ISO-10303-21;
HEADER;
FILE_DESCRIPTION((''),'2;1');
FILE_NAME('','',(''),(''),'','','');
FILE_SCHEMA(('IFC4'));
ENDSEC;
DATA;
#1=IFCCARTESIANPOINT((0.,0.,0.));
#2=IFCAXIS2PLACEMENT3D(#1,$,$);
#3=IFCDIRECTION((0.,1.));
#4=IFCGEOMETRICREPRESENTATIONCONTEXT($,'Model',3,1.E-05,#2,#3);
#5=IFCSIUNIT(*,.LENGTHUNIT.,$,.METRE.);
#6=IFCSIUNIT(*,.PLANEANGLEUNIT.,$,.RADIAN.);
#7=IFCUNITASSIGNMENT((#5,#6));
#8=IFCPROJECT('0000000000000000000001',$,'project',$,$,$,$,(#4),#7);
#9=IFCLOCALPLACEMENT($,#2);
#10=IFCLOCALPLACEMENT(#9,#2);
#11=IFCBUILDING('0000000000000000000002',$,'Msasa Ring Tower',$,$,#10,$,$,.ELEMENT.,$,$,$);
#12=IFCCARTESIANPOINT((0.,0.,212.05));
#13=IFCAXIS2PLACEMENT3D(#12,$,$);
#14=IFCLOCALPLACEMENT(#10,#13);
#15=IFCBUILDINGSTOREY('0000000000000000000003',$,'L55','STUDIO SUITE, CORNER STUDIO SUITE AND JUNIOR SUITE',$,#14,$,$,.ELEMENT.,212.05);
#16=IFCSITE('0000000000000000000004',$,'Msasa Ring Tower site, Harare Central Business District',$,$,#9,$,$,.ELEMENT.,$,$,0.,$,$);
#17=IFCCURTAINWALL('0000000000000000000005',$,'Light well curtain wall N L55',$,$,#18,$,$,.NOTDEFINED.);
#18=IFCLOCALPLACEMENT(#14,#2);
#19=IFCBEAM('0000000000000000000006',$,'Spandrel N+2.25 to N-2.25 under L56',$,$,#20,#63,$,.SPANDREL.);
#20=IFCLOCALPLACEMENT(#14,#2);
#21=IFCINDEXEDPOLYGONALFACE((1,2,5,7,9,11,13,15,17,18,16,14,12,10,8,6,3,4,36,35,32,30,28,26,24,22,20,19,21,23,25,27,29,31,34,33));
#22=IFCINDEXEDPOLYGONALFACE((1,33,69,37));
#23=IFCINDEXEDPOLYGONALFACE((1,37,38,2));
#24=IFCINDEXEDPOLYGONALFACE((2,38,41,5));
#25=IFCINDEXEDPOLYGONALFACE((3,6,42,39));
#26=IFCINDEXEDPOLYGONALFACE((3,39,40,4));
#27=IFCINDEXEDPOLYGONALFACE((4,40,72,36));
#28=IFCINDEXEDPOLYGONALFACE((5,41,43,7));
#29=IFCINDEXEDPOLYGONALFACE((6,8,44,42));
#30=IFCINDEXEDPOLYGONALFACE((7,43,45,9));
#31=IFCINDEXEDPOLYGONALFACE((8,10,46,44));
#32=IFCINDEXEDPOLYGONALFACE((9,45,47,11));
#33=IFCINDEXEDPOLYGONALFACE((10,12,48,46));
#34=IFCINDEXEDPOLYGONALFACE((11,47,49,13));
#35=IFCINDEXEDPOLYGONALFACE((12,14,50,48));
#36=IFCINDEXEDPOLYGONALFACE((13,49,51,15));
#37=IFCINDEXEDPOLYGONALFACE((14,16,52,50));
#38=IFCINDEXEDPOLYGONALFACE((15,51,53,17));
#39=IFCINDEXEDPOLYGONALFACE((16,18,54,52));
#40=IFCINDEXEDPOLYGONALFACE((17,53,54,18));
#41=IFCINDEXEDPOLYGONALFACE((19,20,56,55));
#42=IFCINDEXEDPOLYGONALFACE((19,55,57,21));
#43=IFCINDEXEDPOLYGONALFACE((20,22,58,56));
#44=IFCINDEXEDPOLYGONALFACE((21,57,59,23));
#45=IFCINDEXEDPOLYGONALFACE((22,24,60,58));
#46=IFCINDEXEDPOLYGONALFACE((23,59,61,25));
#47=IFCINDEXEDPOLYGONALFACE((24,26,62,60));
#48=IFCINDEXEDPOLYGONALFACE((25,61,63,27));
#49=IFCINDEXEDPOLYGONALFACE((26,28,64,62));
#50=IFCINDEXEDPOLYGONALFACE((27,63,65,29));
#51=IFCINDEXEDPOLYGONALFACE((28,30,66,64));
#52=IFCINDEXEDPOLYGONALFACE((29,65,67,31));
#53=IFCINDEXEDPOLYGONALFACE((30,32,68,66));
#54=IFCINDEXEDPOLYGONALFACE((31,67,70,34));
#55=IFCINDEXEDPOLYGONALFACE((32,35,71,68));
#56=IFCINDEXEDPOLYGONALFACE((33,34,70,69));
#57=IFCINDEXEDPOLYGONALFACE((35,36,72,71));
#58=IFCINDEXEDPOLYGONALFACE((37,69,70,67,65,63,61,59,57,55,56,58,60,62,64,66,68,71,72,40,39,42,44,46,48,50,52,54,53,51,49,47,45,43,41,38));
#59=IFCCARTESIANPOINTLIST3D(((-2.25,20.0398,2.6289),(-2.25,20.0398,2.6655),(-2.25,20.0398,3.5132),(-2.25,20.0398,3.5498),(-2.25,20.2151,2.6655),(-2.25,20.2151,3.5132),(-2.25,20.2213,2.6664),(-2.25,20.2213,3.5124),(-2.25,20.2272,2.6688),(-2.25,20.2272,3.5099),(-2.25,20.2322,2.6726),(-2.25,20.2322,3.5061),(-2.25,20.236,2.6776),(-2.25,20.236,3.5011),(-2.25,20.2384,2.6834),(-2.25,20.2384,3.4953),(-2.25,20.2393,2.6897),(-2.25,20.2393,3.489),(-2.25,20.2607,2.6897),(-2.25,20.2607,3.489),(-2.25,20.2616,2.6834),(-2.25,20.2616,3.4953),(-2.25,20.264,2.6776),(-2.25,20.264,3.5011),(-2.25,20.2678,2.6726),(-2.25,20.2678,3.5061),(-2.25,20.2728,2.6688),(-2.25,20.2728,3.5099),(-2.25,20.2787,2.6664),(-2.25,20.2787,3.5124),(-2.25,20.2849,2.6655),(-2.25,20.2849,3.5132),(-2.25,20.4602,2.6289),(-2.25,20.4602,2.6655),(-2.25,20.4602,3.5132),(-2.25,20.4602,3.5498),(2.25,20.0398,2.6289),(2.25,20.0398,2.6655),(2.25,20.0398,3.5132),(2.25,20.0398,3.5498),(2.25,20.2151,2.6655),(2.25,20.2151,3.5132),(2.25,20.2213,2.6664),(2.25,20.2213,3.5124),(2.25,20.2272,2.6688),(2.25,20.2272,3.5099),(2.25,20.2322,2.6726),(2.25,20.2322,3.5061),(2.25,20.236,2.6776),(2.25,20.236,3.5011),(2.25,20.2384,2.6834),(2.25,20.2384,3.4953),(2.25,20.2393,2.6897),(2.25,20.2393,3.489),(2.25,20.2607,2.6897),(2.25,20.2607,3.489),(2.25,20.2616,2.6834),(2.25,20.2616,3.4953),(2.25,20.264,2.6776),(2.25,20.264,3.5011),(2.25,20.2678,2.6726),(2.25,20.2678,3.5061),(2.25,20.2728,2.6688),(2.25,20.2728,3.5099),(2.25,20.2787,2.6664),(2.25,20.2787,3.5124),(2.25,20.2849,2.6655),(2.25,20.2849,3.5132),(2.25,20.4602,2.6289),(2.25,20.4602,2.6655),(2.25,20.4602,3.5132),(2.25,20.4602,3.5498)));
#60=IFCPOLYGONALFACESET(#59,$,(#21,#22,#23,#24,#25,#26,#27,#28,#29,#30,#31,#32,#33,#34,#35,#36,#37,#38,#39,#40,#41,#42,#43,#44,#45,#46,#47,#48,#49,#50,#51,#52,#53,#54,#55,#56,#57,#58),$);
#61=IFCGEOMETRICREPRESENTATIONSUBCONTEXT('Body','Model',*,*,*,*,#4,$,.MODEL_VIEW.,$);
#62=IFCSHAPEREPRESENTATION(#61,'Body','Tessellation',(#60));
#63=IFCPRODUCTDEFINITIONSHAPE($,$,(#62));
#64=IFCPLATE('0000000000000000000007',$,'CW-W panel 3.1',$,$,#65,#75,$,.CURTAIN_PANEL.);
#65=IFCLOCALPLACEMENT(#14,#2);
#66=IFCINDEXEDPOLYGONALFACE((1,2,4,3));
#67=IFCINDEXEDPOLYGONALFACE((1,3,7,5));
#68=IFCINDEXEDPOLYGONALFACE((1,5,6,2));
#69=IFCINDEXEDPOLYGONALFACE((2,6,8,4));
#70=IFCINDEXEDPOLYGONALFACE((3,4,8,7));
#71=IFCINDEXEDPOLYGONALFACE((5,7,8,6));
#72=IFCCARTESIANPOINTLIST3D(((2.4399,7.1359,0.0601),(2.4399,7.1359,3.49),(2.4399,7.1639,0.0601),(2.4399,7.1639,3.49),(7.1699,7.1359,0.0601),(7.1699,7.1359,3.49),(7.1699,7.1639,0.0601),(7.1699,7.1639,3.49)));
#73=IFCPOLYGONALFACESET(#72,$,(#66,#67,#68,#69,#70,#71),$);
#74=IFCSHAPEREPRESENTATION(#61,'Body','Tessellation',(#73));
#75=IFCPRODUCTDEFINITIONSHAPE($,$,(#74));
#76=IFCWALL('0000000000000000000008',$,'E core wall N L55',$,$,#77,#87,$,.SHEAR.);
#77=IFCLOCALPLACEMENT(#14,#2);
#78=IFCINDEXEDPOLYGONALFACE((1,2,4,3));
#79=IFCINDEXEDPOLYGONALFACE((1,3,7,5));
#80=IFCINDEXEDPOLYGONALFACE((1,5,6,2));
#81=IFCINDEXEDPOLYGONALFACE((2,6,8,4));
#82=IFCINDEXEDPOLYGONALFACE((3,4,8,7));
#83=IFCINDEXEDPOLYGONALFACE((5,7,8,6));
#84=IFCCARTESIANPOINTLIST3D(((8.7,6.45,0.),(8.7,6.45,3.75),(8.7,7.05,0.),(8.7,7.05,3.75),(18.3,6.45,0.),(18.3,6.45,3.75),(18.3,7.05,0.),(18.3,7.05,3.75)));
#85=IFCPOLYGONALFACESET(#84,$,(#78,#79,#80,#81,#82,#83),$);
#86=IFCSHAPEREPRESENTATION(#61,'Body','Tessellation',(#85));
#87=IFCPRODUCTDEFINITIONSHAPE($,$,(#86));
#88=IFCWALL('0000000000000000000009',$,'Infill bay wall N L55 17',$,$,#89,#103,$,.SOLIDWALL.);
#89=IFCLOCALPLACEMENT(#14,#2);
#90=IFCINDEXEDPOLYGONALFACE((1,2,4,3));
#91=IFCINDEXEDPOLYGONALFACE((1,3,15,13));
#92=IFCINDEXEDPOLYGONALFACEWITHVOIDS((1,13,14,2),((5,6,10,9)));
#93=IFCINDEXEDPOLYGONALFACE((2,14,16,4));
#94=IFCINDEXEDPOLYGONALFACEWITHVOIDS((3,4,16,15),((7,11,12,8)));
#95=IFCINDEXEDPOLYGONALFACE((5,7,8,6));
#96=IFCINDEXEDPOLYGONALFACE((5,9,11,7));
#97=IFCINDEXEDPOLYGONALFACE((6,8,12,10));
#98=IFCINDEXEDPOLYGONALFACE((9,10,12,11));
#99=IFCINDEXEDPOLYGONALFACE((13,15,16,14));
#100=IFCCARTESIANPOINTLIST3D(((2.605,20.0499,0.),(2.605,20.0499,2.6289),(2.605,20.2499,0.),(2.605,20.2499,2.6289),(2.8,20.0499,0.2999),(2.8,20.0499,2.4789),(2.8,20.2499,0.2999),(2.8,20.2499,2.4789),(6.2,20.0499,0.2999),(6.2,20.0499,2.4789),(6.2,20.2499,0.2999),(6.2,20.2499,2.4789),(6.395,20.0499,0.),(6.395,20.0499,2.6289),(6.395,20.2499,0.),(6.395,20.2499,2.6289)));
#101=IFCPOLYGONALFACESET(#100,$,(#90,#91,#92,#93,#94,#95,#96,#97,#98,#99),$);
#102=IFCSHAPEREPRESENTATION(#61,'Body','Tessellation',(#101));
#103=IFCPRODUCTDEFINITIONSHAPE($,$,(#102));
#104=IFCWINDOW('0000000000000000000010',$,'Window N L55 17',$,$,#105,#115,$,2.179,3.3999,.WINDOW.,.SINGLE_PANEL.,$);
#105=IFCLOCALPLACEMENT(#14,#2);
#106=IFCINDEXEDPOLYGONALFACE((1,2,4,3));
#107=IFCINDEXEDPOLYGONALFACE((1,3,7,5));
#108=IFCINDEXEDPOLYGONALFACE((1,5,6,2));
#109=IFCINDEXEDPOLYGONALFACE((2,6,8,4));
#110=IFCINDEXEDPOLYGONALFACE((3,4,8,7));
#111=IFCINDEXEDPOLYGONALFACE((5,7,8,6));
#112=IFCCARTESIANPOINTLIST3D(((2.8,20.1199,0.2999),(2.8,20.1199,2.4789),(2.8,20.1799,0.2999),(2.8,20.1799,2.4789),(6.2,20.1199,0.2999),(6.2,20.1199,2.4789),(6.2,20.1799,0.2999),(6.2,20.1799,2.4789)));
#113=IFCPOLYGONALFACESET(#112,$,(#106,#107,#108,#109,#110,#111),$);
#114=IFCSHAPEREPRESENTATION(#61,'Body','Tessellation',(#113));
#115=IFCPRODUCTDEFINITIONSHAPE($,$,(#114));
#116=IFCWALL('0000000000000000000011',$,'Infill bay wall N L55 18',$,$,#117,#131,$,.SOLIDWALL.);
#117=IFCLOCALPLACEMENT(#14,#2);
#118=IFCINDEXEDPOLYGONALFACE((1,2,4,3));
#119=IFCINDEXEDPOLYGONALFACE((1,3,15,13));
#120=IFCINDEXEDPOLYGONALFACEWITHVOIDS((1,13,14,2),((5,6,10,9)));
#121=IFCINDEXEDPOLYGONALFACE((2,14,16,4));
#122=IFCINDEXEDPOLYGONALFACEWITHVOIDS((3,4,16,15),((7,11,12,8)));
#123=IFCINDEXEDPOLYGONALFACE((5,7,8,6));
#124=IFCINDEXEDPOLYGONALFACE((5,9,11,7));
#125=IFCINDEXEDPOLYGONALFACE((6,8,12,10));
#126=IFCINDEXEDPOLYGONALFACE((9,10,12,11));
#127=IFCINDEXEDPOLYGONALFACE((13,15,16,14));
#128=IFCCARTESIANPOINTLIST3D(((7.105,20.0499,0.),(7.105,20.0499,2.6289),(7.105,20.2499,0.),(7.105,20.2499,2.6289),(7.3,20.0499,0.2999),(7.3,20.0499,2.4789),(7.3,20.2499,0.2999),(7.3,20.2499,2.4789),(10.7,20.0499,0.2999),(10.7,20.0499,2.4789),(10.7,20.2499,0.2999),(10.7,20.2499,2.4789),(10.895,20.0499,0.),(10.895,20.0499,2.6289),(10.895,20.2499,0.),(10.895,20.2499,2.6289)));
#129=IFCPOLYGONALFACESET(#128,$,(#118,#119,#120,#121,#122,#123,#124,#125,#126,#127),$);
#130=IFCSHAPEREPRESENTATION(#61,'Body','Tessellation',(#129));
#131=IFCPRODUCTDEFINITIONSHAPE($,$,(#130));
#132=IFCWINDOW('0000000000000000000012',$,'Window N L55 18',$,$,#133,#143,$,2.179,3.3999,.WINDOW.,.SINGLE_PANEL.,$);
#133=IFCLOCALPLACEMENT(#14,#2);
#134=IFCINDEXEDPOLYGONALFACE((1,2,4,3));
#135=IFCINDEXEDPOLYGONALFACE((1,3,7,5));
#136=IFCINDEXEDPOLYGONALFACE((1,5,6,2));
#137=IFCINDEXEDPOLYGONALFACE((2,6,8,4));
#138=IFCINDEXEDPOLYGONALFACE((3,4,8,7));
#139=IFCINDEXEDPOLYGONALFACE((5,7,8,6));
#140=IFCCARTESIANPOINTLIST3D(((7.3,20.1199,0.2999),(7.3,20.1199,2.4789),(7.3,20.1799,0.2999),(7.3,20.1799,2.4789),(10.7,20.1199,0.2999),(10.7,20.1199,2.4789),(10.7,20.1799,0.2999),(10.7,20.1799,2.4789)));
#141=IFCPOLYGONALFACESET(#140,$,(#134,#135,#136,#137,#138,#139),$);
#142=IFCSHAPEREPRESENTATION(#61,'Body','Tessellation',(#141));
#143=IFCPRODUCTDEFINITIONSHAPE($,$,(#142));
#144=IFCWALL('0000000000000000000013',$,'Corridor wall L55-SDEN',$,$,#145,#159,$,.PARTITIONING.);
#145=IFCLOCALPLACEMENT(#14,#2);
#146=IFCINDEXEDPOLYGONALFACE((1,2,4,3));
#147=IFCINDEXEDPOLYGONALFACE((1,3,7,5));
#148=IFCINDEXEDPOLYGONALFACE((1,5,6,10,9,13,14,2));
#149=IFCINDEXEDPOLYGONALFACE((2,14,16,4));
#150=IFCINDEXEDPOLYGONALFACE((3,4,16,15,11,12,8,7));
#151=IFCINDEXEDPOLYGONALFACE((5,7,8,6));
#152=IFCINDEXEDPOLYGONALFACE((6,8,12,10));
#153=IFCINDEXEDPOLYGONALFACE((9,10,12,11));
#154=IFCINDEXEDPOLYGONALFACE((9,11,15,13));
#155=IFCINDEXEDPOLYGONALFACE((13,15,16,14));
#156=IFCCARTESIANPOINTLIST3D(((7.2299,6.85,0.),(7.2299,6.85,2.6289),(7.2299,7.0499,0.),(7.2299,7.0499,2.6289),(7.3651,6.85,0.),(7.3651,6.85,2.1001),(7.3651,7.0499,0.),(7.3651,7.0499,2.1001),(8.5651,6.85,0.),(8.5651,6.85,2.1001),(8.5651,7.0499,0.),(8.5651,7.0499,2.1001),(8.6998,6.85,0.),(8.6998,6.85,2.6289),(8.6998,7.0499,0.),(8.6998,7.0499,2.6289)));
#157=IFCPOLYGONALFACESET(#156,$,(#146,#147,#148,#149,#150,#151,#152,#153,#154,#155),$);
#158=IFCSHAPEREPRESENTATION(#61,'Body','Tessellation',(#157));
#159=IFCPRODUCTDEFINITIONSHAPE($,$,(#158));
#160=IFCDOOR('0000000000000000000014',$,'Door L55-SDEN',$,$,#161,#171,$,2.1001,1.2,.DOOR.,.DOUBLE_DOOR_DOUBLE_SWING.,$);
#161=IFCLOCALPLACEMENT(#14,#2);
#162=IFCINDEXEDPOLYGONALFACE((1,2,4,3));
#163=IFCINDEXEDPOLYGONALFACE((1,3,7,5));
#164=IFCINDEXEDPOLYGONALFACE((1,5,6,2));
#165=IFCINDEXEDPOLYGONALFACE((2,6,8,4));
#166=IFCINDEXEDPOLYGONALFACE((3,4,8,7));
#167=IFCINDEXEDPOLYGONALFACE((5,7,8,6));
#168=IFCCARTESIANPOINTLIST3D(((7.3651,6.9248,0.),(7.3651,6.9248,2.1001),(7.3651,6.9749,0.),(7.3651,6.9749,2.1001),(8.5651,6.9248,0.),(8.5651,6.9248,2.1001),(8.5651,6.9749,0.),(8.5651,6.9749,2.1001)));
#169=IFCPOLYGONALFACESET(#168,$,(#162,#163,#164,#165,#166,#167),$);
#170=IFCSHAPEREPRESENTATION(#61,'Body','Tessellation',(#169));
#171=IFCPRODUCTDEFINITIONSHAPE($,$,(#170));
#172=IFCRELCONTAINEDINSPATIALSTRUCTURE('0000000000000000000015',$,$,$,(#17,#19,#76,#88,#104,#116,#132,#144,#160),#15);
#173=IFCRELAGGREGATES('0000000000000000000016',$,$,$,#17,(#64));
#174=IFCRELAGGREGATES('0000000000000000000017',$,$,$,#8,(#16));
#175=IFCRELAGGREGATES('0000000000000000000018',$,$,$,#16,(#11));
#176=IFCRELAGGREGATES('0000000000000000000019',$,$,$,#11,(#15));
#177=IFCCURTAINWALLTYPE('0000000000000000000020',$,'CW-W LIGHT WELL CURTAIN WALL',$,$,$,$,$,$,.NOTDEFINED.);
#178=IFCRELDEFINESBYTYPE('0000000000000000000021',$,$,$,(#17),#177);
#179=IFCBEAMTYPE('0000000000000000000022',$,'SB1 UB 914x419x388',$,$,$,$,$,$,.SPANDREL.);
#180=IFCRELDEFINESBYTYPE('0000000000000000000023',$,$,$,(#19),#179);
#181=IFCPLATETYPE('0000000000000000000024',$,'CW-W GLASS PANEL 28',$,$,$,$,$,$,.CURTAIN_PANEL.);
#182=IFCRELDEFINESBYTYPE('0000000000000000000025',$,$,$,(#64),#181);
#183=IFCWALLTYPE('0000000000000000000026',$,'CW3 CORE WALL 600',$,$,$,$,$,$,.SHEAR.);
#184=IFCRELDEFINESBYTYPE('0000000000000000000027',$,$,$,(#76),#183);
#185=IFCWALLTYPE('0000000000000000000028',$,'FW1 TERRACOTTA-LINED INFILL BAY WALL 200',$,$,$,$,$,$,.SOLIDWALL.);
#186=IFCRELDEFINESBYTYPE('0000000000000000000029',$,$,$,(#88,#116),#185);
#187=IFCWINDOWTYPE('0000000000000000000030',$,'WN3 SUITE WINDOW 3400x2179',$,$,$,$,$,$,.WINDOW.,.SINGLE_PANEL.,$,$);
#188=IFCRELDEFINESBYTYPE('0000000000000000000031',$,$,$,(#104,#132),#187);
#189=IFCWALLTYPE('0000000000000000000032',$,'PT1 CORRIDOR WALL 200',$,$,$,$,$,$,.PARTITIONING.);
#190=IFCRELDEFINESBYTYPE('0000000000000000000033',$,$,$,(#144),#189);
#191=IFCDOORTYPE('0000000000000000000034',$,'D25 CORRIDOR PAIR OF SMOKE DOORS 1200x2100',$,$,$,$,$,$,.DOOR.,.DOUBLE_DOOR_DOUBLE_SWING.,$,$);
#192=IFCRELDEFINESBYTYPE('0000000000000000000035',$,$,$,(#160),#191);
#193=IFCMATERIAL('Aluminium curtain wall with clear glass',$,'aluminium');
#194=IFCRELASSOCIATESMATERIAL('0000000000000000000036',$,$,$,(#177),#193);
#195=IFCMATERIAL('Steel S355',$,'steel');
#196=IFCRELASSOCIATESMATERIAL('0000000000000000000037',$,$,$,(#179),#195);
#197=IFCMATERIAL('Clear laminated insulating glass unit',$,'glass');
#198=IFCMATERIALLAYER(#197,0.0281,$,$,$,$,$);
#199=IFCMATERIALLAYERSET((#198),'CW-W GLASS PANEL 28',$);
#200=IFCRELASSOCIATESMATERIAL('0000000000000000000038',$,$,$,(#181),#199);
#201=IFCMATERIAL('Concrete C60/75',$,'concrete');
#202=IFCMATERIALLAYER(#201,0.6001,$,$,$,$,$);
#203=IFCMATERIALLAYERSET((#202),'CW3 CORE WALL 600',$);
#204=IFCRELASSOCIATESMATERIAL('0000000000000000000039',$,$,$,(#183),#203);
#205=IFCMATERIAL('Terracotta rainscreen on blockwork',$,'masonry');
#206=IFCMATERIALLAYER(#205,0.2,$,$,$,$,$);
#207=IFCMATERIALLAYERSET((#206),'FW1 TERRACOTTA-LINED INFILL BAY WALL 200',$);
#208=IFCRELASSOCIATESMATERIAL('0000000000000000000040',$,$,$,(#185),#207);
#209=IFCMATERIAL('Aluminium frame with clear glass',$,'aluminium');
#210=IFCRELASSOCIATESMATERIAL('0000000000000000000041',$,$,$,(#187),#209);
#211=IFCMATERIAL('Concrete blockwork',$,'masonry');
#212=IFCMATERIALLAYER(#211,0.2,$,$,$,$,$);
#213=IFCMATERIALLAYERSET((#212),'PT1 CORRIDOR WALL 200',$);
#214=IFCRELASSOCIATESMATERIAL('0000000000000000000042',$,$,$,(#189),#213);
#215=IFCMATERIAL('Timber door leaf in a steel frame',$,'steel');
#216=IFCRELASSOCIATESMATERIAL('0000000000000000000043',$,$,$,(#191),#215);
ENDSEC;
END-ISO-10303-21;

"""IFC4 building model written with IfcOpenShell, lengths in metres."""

from ifc_helpers import new_model, si_unit, direction, frame, frame_2d, origin, origin_2d, place, context, subcontext, project, spatial, rectangle, i_section, extrude, material, layer, layer_set, material_profile, profile_set, type_object, element, fill, aggregate, save


model = new_model("IFC4")

# Units and contexts
model_context = context("Model", 3, precision=1e-05, world=origin(), true_north=direction((0.0, 1.0)))
body_context = subcontext(model_context, "Body", "Model", "MODEL_VIEW")
ifc_project = project(units=[si_unit("LENGTHUNIT", "METRE"), si_unit("PLANEANGLEUNIT", "RADIAN")], contexts=[model_context])

# Site, building, storey
site_placement = place(None, origin())
site = spatial("IfcSite", under=ifc_project, at=site_placement, Name="Msasa Ring Tower site, Harare Central Business District", CompositionType="ELEMENT", RefElevation=0.0)
building_placement = place(site_placement, origin())
building = spatial("IfcBuilding", under=site, at=building_placement, Name="Msasa Ring Tower", CompositionType="ELEMENT")
storey_placement = place(building_placement, frame((0.0, 0.0, 212.05)))
storey = spatial("IfcBuildingStorey", under=building, at=storey_placement, Name="L55", Description="STUDIO SUITE, CORNER STUDIO SUITE AND JUNIOR SUITE", CompositionType="ELEMENT", Elevation=212.05)

# Curtain wall
ifc_material_1 = material(Name="Aluminium curtain wall with clear glass", Category="aluminium")
curtain_wall_type = type_object("IfcCurtainWallType", Name="CW-W LIGHT WELL CURTAIN WALL", PredefinedType="NOTDEFINED", material=ifc_material_1)
curtain_wall_1_placement = place(storey_placement, origin())
curtain_wall_1 = element("IfcCurtainWall", 1, at=curtain_wall_1_placement, inside=storey, type_object=curtain_wall_type, Name="Light well curtain wall N L55", PredefinedType="NOTDEFINED")

# Beam
ifc_material_2 = material(Name="Steel S355", Category="steel")
ifc_material_profile_1 = material_profile(ifc_material_2, i_section(OverallWidth=0.4204, OverallDepth=0.9209, WebThickness=0.0215, FlangeThickness=0.0366, FilletRadius=0.0242, at=origin_2d()), Name="UB 914x419x388")
ifc_profile_set_1 = profile_set([ifc_material_profile_1], Name="Steel S355")
beam_type_1 = type_object("IfcBeamType", Name="SB1 UB 914x419x388", PredefinedType="SPANDREL", material=ifc_profile_set_1)
for number, where, z_axis, x_axis, name in (
    (2, (2.25, 20.25, 3.0894), (-1.0, 0.0, 0.0), (0.0, -1.0, 0.0), "Spandrel N+2.25 to N-2.25 under L56"),
):
    element("IfcBeam", number, at=place(storey_placement, frame(where, z_axis=z_axis, x_axis=x_axis)), inside=storey, type_object=beam_type_1, Name=name, PredefinedType="SPANDREL", context=body_context, shape_type="SweptSolid", body=[
        extrude(i_section(OverallWidth=0.4204, OverallDepth=0.9209, WebThickness=0.0215, FlangeThickness=0.0366, FilletRadius=0.0242, at=origin_2d()), origin(), (0.0, 0.0, 1.0), 4.5),
    ])

# Plate
ifc_material_3 = material(Name="Clear laminated insulating glass unit", Category="glass")
ifc_layer_1 = layer(ifc_material_3, 0.0281)
ifc_layer_set_1 = layer_set([ifc_layer_1], Name="CW-W GLASS PANEL 28")
plate_type = type_object("IfcPlateType", Name="CW-W GLASS PANEL 28", PredefinedType="CURTAIN_PANEL", material=ifc_layer_set_1)
plate_placement = place(storey_placement, frame((4.8049, 7.1499, 0.0601), z_axis=(0.0, 0.0, 1.0), x_axis=(1.0, 0.0, 0.0)))
plate = element("IfcPlate", 3, at=plate_placement, type_object=plate_type, Name="CW-W panel 3.1", PredefinedType="CURTAIN_PANEL", context=body_context, shape_type="SweptSolid", body=[
    extrude(rectangle(XDim=4.73, YDim=0.0281, at=origin_2d()), origin(), (0.0, 0.0, 1.0), 3.4299),
])
aggregate(curtain_wall_1, [plate])

# Wall
ifc_material_4 = material(Name="Concrete C60/75", Category="concrete")
ifc_layer_2 = layer(ifc_material_4, 0.6001)
ifc_layer_set_2 = layer_set([ifc_layer_2], Name="CW3 CORE WALL 600")
wall_type_1 = type_object("IfcWallType", Name="CW3 CORE WALL 600", PredefinedType="SHEAR", material=ifc_layer_set_2)
wall_1_placement = place(storey_placement, frame((8.7, 6.75, 0.0), z_axis=(0.0, 0.0, 1.0), x_axis=(1.0, 0.0, 0.0)))
element("IfcWall", 4, at=wall_1_placement, inside=storey, type_object=wall_type_1, Name="E core wall N L55", PredefinedType="SHEAR", context=body_context, shape_type="SweptSolid", body=[
    extrude(rectangle(XDim=9.6001, YDim=0.6001, at=frame_2d((4.8, 0.0))), origin(), (0.0, 0.0, 1.0), 3.75),
])

# Walls, openings, windows
ifc_material_5 = material(Name="Terracotta rainscreen on blockwork", Category="masonry")
ifc_layer_3 = layer(ifc_material_5, 0.2)
ifc_layer_set_3 = layer_set([ifc_layer_3], Name="FW1 TERRACOTTA-LINED INFILL BAY WALL 200")
wall_type_2 = type_object("IfcWallType", Name="FW1 TERRACOTTA-LINED INFILL BAY WALL 200", PredefinedType="SOLIDWALL", material=ifc_layer_set_3)
wall_2_placement = place(storey_placement, frame((2.605, 20.1499, 0.0), z_axis=(0.0, 0.0, 1.0), x_axis=(1.0, 0.0, 0.0)))
wall_2 = element("IfcWall", 5, at=wall_2_placement, inside=storey, type_object=wall_type_2, Name="Infill bay wall N L55 17", PredefinedType="SOLIDWALL", context=body_context, shape_type="SweptSolid", body=[
    extrude(rectangle(XDim=3.79, YDim=0.2, at=frame_2d((1.895, 0.0))), origin(), (0.0, 0.0, 1.0), 2.6289),
])
opening_1_placement = place(wall_2_placement, frame((0.1951, 0.0, 0.3)))
opening_1 = element("IfcOpeningElement", 6, at=opening_1_placement, cuts=wall_2, PredefinedType="OPENING", context=body_context, shape_type="SweptSolid", body=[
    extrude(rectangle(XDim=3.3999, YDim=2.179, at=frame_2d((1.7, 1.0894))), frame((0.0, 0.1099, 0.0), z_axis=(0.0, -1.0, 0.0), x_axis=(1.0, 0.0, 0.0)), (0.0, 0.0, 1.0), 0.22),
])
ifc_material_6 = material(Name="Aluminium frame with clear glass", Category="aluminium")
window_type = type_object("IfcWindowType", Name="WN3 SUITE WINDOW 3400x2179", PartitioningType="SINGLE_PANEL", PredefinedType="WINDOW", material=ifc_material_6)
window_1_placement = place(opening_1_placement, origin())
window_1 = element("IfcWindow", 7, at=window_1_placement, inside=storey, type_object=window_type, Name="Window N L55 17", OverallHeight=2.179, OverallWidth=3.3999, PartitioningType="SINGLE_PANEL", PredefinedType="WINDOW", context=body_context, shape_type="SweptSolid", body=[
    extrude(rectangle(XDim=3.3999, YDim=2.179, at=frame_2d((1.7, 1.0894))), frame((0.0, 0.03, 0.0), z_axis=(0.0, -1.0, 0.0), x_axis=(1.0, 0.0, 0.0)), (0.0, 0.0, 1.0), 0.0601),
])
fill(opening_1, window_1)
wall_3_placement = place(storey_placement, frame((7.105, 20.1499, 0.0), z_axis=(0.0, 0.0, 1.0), x_axis=(1.0, 0.0, 0.0)))
wall_3 = element("IfcWall", 8, at=wall_3_placement, inside=storey, type_object=wall_type_2, Name="Infill bay wall N L55 18", PredefinedType="SOLIDWALL", context=body_context, shape_type="SweptSolid", body=[
    extrude(rectangle(XDim=3.79, YDim=0.2, at=frame_2d((1.895, 0.0))), origin(), (0.0, 0.0, 1.0), 2.6289),
])
opening_2_placement = place(wall_3_placement, frame((0.1951, 0.0, 0.3)))
opening_2 = element("IfcOpeningElement", 9, at=opening_2_placement, cuts=wall_3, PredefinedType="OPENING", context=body_context, shape_type="SweptSolid", body=[
    extrude(rectangle(XDim=3.3999, YDim=2.179, at=frame_2d((1.7, 1.0894))), frame((0.0, 0.1099, 0.0), z_axis=(0.0, -1.0, 0.0), x_axis=(1.0, 0.0, 0.0)), (0.0, 0.0, 1.0), 0.22),
])
window_2_placement = place(opening_2_placement, origin())
window_2 = element("IfcWindow", 10, at=window_2_placement, inside=storey, type_object=window_type, Name="Window N L55 18", OverallHeight=2.179, OverallWidth=3.3999, PartitioningType="SINGLE_PANEL", PredefinedType="WINDOW", context=body_context, shape_type="SweptSolid", body=[
    extrude(rectangle(XDim=3.3999, YDim=2.179, at=frame_2d((1.7, 1.0894))), frame((0.0, 0.03, 0.0), z_axis=(0.0, -1.0, 0.0), x_axis=(1.0, 0.0, 0.0)), (0.0, 0.0, 1.0), 0.0601),
])
fill(opening_2, window_2)

# Wall, opening, door
ifc_material_7 = material(Name="Concrete blockwork", Category="masonry")
ifc_layer_4 = layer(ifc_material_7, 0.2)
ifc_layer_set_4 = layer_set([ifc_layer_4], Name="PT1 CORRIDOR WALL 200")
wall_type_3 = type_object("IfcWallType", Name="PT1 CORRIDOR WALL 200", PredefinedType="PARTITIONING", material=ifc_layer_set_4)
wall_4_placement = place(storey_placement, frame((7.23, 6.95, 0.0), z_axis=(0.0, 0.0, 1.0), x_axis=(1.0, 0.0, 0.0)))
wall_4 = element("IfcWall", 11, at=wall_4_placement, inside=storey, type_object=wall_type_3, Name="Corridor wall L55-SDEN", PredefinedType="PARTITIONING", context=body_context, shape_type="SweptSolid", body=[
    extrude(rectangle(XDim=1.47, YDim=0.2, at=frame_2d((0.7349, 0.0))), origin(), (0.0, 0.0, 1.0), 2.6289),
])
opening_3_placement = place(wall_4_placement, frame((0.135, 0.0, 0.0)))
opening_3 = element("IfcOpeningElement", 12, at=opening_3_placement, cuts=wall_4, PredefinedType="OPENING", context=body_context, shape_type="SweptSolid", body=[
    extrude(rectangle(XDim=1.2, YDim=2.1001, at=frame_2d((0.6001, 1.05))), frame((0.0, 0.1099, 0.0), z_axis=(0.0, -1.0, 0.0), x_axis=(1.0, 0.0, 0.0)), (0.0, 0.0, 1.0), 0.22),
])
ifc_material_8 = material(Name="Timber door leaf in a steel frame", Category="steel")
door_type_1 = type_object("IfcDoorType", Name="D25 CORRIDOR PAIR OF SMOKE DOORS 1200x2100", OperationType="DOUBLE_DOOR_DOUBLE_SWING", PredefinedType="DOOR", material=ifc_material_8)
door_1_placement = place(opening_3_placement, origin())
door_1 = element("IfcDoor", 13, at=door_1_placement, inside=storey, type_object=door_type_1, Name="Door L55-SDEN", OperationType="DOUBLE_DOOR_DOUBLE_SWING", OverallHeight=2.1001, OverallWidth=1.2, PredefinedType="DOOR", context=body_context, shape_type="SweptSolid", body=[
    extrude(rectangle(XDim=1.2, YDim=2.1001, at=frame_2d((0.6001, 1.05))), frame((0.0, 0.0249, 0.0), z_axis=(0.0, -1.0, 0.0), x_axis=(1.0, 0.0, 0.0)), (0.0, 0.0, 1.0), 0.05),
])
fill(opening_3, door_1)

save(model, "model.ifc")
